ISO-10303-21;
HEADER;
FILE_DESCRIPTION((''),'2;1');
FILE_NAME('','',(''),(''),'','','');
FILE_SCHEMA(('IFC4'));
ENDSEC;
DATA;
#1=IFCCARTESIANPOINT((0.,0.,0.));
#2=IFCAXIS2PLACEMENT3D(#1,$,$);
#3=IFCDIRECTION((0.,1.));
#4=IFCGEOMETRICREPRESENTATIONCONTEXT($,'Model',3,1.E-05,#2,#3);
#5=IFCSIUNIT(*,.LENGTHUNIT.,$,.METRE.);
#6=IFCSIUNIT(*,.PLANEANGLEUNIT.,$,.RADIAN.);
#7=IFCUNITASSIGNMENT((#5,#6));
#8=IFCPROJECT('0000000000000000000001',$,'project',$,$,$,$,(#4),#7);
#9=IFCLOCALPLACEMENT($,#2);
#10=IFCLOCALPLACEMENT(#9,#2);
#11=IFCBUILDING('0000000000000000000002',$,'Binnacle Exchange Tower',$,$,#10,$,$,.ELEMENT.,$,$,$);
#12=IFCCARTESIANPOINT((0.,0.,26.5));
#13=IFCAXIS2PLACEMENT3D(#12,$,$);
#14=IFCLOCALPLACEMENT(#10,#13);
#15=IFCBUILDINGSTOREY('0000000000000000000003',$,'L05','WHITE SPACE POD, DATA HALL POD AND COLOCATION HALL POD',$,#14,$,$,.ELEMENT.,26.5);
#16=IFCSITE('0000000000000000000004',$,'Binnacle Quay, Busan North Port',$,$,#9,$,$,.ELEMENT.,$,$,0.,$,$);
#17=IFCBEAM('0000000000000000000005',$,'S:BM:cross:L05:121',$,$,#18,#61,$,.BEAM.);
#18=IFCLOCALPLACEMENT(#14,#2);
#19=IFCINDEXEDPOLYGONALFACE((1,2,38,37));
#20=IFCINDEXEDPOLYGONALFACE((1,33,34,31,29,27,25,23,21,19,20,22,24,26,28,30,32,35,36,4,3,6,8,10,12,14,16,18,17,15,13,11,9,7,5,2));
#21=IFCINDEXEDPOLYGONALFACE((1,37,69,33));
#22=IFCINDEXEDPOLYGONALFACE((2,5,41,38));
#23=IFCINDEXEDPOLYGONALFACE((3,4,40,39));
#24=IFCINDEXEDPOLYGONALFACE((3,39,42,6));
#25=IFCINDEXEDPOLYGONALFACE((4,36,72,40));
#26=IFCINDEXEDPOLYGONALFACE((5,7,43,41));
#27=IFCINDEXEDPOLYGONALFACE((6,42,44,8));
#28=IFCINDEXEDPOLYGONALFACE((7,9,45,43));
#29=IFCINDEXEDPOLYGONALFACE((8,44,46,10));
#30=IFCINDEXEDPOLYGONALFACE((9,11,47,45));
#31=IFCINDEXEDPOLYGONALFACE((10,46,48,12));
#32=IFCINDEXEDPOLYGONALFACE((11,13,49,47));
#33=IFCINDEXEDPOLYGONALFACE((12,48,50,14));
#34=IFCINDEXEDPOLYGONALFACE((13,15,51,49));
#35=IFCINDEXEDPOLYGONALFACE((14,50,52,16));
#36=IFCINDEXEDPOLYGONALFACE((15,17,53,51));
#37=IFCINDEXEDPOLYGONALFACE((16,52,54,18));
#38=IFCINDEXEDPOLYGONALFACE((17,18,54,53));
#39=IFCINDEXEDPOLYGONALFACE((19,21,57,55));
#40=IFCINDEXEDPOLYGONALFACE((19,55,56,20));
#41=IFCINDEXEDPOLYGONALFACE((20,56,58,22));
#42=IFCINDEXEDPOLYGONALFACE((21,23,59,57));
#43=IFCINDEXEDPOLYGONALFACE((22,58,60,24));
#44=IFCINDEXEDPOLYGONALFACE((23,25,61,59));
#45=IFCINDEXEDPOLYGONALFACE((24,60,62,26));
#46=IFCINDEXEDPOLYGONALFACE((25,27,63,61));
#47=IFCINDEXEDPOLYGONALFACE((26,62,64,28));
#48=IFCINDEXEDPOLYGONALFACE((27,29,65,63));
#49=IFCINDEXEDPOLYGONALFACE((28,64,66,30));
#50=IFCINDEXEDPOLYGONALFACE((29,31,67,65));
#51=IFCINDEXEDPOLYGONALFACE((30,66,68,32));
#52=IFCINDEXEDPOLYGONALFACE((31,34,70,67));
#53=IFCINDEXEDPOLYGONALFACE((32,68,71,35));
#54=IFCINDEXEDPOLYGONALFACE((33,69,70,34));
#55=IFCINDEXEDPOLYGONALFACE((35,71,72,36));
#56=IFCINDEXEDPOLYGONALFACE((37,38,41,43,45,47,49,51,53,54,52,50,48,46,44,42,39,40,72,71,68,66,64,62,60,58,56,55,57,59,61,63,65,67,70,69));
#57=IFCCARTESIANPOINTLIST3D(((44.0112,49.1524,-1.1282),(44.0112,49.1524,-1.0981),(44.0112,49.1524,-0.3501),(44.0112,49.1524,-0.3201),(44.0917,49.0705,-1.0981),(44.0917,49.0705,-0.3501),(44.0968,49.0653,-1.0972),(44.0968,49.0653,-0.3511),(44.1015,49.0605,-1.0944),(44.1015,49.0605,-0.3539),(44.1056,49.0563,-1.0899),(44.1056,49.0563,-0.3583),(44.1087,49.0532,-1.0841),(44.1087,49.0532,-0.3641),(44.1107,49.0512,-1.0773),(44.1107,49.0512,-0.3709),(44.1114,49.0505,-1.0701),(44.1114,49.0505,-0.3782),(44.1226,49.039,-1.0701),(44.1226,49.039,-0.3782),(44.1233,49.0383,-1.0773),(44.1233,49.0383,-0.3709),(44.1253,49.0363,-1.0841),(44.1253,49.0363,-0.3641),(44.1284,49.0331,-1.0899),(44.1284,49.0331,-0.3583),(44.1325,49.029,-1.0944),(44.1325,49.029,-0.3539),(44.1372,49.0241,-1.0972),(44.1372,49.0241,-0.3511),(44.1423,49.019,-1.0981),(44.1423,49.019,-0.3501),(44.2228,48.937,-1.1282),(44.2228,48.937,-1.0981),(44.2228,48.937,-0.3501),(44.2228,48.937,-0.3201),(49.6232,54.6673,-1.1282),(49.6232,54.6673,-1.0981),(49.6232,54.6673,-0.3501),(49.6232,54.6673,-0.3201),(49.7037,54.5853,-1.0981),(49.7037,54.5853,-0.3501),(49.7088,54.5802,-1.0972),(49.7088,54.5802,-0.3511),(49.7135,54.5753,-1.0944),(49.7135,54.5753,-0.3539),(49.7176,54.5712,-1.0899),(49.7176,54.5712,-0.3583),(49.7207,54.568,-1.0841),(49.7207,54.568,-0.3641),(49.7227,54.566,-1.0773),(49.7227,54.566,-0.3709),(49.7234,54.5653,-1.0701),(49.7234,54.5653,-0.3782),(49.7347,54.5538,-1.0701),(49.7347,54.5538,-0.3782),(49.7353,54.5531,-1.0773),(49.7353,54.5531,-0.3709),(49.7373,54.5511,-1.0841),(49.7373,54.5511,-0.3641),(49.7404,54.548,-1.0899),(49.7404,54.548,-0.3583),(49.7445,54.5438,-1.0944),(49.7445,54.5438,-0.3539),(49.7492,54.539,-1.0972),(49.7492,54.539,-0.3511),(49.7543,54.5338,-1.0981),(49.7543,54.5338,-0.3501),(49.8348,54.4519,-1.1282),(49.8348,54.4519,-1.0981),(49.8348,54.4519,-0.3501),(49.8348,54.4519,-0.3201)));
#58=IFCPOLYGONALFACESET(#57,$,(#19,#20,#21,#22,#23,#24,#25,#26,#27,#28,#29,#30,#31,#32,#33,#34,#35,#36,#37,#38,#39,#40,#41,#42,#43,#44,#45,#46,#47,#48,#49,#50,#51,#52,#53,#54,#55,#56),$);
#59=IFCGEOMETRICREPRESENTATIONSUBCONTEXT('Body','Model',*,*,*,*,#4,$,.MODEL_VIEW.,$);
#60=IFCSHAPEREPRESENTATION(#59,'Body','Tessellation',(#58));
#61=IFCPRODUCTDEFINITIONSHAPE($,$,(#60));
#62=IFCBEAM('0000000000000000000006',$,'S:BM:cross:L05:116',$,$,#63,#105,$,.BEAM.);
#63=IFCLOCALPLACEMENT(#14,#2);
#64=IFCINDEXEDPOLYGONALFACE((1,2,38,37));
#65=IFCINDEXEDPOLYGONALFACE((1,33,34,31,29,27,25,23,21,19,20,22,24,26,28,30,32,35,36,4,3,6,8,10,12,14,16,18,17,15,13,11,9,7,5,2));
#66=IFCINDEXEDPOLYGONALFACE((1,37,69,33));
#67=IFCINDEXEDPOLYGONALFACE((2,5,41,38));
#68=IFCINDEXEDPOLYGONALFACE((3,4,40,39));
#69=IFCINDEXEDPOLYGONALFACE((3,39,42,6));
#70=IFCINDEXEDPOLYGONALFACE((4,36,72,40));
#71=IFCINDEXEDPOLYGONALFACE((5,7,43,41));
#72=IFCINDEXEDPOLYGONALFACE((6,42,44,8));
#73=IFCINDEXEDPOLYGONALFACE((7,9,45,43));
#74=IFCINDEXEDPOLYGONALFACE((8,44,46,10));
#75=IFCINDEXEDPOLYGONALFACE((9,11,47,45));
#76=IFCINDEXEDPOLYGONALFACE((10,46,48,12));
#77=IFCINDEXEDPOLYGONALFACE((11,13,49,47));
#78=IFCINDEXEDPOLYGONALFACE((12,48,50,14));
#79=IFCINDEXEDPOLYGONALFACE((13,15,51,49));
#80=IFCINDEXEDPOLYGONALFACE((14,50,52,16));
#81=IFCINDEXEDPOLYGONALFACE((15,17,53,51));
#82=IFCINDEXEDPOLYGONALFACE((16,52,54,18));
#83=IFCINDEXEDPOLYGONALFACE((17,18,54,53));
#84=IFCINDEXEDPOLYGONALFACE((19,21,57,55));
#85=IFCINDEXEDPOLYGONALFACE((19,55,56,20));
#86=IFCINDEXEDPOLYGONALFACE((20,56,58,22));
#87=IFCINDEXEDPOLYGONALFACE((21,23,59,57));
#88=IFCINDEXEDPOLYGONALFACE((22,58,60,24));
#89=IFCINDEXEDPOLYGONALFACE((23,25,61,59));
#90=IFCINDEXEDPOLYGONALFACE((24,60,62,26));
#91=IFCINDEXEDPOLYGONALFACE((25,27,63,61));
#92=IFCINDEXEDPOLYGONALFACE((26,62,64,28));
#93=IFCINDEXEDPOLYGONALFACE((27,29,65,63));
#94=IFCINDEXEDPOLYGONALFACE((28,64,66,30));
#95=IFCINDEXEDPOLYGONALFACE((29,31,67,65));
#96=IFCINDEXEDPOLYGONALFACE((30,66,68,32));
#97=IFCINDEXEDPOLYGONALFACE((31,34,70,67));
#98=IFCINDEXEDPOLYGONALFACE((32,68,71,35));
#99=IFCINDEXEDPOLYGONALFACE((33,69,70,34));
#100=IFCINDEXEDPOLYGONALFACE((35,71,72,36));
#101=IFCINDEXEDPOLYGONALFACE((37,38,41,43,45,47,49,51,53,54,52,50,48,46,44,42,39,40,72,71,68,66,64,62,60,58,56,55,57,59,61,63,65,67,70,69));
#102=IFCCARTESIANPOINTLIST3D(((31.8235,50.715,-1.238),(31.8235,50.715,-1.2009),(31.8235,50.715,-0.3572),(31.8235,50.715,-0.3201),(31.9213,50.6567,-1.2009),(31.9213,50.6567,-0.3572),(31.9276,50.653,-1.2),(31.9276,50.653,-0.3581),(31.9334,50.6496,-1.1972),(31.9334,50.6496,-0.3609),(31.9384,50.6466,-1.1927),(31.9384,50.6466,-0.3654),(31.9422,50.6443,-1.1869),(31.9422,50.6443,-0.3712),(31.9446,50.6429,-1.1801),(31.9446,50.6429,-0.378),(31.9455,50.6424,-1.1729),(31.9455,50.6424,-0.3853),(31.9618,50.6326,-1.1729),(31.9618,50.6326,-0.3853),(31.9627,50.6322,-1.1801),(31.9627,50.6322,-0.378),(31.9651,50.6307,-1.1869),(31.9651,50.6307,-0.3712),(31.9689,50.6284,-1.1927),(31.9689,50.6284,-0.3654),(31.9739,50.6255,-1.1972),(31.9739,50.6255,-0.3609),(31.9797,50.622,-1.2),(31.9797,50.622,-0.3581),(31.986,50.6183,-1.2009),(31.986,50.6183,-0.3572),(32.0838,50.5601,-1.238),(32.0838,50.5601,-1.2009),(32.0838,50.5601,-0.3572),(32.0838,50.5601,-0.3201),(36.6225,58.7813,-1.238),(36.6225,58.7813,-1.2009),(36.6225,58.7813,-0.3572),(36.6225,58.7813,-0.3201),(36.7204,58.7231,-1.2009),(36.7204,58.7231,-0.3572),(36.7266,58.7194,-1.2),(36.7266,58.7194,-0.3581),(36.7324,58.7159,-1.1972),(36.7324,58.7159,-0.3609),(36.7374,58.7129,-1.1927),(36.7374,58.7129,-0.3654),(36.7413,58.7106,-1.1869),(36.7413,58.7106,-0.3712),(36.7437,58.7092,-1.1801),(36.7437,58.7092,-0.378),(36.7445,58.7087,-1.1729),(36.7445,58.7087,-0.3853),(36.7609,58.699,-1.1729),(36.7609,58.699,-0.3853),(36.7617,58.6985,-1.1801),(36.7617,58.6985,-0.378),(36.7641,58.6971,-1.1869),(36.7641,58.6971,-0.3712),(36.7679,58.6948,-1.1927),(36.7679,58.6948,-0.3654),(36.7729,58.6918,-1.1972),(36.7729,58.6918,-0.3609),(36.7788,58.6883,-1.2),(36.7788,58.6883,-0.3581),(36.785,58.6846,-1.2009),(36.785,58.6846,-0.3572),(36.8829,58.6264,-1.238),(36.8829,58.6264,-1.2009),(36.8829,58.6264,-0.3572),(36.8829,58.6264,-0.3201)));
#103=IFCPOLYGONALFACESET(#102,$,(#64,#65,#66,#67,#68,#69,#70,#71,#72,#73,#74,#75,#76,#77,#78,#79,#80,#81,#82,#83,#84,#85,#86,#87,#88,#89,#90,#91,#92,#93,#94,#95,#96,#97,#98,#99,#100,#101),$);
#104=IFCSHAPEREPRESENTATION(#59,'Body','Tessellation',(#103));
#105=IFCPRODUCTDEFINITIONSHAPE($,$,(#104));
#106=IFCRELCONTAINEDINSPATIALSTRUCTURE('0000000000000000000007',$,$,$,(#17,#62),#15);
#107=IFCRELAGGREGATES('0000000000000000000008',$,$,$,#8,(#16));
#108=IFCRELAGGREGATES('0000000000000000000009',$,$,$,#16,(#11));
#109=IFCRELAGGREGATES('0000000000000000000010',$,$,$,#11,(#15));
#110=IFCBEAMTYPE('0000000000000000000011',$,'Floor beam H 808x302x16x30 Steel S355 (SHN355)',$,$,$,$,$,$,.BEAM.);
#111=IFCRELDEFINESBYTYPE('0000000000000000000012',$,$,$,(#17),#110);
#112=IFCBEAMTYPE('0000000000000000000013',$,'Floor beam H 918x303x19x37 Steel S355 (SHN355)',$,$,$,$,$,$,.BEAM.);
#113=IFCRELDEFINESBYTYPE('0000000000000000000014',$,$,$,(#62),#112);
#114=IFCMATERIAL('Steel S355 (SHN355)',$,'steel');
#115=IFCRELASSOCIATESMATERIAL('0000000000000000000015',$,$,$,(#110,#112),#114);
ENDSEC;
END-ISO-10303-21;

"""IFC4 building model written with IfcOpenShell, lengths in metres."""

from ifc_helpers import new_model, si_unit, direction, frame, origin, origin_2d, place, context, subcontext, project, spatial, i_section, extrude, material, material_profile, profile_set, type_object, element, save


model = new_model("IFC4")

# Units and contexts
model_context = context("Model", 3, precision=1e-05, world=origin(), true_north=direction((0.0, 1.0)))
body_context = subcontext(model_context, "Body", "Model", "MODEL_VIEW")
ifc_project = project(units=[si_unit("LENGTHUNIT", "METRE"), si_unit("PLANEANGLEUNIT", "RADIAN")], contexts=[model_context])

# Site, building, storey
site_placement = place(None, origin())
site = spatial("IfcSite", under=ifc_project, at=site_placement, Name="Binnacle Quay, Busan North Port", CompositionType="ELEMENT", RefElevation=0.0)
building_placement = place(site_placement, origin())
building = spatial("IfcBuilding", under=site, at=building_placement, Name="Binnacle Exchange Tower", CompositionType="ELEMENT")
storey_placement = place(building_placement, frame((0.0, 0.0, 26.5)))
storey = spatial("IfcBuildingStorey", under=building, at=storey_placement, Name="L05", Description="WHITE SPACE POD, DATA HALL POD AND COLOCATION HALL POD", CompositionType="ELEMENT", Elevation=26.5)

# Beams
ifc_material_1 = material(Name="Steel S355 (SHN355)", Category="steel")
ifc_material_profile_1 = material_profile(ifc_material_1, i_section(OverallWidth=0.302, OverallDepth=0.8081, WebThickness=0.0161, FlangeThickness=0.03, FilletRadius=0.0281, at=origin_2d()), Name="H 808x302x16x30")
ifc_profile_set_1 = profile_set([ifc_material_profile_1], Name="Steel S355 (SHN355)")
beam_type_1 = type_object("IfcBeamType", Name="Floor beam H 808x302x16x30 Steel S355 (SHN355)", PredefinedType="BEAM", material=ifc_profile_set_1)
beam_1_placement = place(storey_placement, frame((49.729, 54.5596, -0.7241), z_axis=(-0.713255, -0.700905, 0.0), x_axis=(0.700905, -0.713255, 0.0)))
element("IfcBeam", 1, at=beam_1_placement, inside=storey, type_object=beam_type_1, Name="S:BM:cross:L05:121", PredefinedType="BEAM", context=body_context, shape_type="SweptSolid", body=[
    extrude(i_section(OverallWidth=0.302, OverallDepth=0.8081, WebThickness=0.0161, FlangeThickness=0.03, FilletRadius=0.0281, at=origin_2d()), origin(), (0.0, 0.0, 1.0), 7.8682),
])
ifc_material_profile_2 = material_profile(ifc_material_1, i_section(OverallWidth=0.303, OverallDepth=0.918, WebThickness=0.019, FlangeThickness=0.0371, FilletRadius=0.0281, at=origin_2d()), Name="H 918x303x19x37")
ifc_profile_set_2 = profile_set([ifc_material_profile_2], Name="Steel S355 (SHN355)")
beam_type_2 = type_object("IfcBeamType", Name="Floor beam H 918x303x19x37 Steel S355 (SHN355)", PredefinedType="BEAM", material=ifc_profile_set_2)
beam_2_placement = place(storey_placement, frame((36.7527, 58.7039, -0.7791), z_axis=(-0.511298, -0.859403, 0.0), x_axis=(0.859403, -0.511298, 0.0)))
element("IfcBeam", 2, at=beam_2_placement, inside=storey, type_object=beam_type_2, Name="S:BM:cross:L05:116", PredefinedType="BEAM", context=body_context, shape_type="SweptSolid", body=[
    extrude(i_section(OverallWidth=0.303, OverallDepth=0.918, WebThickness=0.019, FlangeThickness=0.0371, FilletRadius=0.0281, at=origin_2d()), origin(), (0.0, 0.0, 1.0), 9.386),
])

save(model, "model.ifc")
